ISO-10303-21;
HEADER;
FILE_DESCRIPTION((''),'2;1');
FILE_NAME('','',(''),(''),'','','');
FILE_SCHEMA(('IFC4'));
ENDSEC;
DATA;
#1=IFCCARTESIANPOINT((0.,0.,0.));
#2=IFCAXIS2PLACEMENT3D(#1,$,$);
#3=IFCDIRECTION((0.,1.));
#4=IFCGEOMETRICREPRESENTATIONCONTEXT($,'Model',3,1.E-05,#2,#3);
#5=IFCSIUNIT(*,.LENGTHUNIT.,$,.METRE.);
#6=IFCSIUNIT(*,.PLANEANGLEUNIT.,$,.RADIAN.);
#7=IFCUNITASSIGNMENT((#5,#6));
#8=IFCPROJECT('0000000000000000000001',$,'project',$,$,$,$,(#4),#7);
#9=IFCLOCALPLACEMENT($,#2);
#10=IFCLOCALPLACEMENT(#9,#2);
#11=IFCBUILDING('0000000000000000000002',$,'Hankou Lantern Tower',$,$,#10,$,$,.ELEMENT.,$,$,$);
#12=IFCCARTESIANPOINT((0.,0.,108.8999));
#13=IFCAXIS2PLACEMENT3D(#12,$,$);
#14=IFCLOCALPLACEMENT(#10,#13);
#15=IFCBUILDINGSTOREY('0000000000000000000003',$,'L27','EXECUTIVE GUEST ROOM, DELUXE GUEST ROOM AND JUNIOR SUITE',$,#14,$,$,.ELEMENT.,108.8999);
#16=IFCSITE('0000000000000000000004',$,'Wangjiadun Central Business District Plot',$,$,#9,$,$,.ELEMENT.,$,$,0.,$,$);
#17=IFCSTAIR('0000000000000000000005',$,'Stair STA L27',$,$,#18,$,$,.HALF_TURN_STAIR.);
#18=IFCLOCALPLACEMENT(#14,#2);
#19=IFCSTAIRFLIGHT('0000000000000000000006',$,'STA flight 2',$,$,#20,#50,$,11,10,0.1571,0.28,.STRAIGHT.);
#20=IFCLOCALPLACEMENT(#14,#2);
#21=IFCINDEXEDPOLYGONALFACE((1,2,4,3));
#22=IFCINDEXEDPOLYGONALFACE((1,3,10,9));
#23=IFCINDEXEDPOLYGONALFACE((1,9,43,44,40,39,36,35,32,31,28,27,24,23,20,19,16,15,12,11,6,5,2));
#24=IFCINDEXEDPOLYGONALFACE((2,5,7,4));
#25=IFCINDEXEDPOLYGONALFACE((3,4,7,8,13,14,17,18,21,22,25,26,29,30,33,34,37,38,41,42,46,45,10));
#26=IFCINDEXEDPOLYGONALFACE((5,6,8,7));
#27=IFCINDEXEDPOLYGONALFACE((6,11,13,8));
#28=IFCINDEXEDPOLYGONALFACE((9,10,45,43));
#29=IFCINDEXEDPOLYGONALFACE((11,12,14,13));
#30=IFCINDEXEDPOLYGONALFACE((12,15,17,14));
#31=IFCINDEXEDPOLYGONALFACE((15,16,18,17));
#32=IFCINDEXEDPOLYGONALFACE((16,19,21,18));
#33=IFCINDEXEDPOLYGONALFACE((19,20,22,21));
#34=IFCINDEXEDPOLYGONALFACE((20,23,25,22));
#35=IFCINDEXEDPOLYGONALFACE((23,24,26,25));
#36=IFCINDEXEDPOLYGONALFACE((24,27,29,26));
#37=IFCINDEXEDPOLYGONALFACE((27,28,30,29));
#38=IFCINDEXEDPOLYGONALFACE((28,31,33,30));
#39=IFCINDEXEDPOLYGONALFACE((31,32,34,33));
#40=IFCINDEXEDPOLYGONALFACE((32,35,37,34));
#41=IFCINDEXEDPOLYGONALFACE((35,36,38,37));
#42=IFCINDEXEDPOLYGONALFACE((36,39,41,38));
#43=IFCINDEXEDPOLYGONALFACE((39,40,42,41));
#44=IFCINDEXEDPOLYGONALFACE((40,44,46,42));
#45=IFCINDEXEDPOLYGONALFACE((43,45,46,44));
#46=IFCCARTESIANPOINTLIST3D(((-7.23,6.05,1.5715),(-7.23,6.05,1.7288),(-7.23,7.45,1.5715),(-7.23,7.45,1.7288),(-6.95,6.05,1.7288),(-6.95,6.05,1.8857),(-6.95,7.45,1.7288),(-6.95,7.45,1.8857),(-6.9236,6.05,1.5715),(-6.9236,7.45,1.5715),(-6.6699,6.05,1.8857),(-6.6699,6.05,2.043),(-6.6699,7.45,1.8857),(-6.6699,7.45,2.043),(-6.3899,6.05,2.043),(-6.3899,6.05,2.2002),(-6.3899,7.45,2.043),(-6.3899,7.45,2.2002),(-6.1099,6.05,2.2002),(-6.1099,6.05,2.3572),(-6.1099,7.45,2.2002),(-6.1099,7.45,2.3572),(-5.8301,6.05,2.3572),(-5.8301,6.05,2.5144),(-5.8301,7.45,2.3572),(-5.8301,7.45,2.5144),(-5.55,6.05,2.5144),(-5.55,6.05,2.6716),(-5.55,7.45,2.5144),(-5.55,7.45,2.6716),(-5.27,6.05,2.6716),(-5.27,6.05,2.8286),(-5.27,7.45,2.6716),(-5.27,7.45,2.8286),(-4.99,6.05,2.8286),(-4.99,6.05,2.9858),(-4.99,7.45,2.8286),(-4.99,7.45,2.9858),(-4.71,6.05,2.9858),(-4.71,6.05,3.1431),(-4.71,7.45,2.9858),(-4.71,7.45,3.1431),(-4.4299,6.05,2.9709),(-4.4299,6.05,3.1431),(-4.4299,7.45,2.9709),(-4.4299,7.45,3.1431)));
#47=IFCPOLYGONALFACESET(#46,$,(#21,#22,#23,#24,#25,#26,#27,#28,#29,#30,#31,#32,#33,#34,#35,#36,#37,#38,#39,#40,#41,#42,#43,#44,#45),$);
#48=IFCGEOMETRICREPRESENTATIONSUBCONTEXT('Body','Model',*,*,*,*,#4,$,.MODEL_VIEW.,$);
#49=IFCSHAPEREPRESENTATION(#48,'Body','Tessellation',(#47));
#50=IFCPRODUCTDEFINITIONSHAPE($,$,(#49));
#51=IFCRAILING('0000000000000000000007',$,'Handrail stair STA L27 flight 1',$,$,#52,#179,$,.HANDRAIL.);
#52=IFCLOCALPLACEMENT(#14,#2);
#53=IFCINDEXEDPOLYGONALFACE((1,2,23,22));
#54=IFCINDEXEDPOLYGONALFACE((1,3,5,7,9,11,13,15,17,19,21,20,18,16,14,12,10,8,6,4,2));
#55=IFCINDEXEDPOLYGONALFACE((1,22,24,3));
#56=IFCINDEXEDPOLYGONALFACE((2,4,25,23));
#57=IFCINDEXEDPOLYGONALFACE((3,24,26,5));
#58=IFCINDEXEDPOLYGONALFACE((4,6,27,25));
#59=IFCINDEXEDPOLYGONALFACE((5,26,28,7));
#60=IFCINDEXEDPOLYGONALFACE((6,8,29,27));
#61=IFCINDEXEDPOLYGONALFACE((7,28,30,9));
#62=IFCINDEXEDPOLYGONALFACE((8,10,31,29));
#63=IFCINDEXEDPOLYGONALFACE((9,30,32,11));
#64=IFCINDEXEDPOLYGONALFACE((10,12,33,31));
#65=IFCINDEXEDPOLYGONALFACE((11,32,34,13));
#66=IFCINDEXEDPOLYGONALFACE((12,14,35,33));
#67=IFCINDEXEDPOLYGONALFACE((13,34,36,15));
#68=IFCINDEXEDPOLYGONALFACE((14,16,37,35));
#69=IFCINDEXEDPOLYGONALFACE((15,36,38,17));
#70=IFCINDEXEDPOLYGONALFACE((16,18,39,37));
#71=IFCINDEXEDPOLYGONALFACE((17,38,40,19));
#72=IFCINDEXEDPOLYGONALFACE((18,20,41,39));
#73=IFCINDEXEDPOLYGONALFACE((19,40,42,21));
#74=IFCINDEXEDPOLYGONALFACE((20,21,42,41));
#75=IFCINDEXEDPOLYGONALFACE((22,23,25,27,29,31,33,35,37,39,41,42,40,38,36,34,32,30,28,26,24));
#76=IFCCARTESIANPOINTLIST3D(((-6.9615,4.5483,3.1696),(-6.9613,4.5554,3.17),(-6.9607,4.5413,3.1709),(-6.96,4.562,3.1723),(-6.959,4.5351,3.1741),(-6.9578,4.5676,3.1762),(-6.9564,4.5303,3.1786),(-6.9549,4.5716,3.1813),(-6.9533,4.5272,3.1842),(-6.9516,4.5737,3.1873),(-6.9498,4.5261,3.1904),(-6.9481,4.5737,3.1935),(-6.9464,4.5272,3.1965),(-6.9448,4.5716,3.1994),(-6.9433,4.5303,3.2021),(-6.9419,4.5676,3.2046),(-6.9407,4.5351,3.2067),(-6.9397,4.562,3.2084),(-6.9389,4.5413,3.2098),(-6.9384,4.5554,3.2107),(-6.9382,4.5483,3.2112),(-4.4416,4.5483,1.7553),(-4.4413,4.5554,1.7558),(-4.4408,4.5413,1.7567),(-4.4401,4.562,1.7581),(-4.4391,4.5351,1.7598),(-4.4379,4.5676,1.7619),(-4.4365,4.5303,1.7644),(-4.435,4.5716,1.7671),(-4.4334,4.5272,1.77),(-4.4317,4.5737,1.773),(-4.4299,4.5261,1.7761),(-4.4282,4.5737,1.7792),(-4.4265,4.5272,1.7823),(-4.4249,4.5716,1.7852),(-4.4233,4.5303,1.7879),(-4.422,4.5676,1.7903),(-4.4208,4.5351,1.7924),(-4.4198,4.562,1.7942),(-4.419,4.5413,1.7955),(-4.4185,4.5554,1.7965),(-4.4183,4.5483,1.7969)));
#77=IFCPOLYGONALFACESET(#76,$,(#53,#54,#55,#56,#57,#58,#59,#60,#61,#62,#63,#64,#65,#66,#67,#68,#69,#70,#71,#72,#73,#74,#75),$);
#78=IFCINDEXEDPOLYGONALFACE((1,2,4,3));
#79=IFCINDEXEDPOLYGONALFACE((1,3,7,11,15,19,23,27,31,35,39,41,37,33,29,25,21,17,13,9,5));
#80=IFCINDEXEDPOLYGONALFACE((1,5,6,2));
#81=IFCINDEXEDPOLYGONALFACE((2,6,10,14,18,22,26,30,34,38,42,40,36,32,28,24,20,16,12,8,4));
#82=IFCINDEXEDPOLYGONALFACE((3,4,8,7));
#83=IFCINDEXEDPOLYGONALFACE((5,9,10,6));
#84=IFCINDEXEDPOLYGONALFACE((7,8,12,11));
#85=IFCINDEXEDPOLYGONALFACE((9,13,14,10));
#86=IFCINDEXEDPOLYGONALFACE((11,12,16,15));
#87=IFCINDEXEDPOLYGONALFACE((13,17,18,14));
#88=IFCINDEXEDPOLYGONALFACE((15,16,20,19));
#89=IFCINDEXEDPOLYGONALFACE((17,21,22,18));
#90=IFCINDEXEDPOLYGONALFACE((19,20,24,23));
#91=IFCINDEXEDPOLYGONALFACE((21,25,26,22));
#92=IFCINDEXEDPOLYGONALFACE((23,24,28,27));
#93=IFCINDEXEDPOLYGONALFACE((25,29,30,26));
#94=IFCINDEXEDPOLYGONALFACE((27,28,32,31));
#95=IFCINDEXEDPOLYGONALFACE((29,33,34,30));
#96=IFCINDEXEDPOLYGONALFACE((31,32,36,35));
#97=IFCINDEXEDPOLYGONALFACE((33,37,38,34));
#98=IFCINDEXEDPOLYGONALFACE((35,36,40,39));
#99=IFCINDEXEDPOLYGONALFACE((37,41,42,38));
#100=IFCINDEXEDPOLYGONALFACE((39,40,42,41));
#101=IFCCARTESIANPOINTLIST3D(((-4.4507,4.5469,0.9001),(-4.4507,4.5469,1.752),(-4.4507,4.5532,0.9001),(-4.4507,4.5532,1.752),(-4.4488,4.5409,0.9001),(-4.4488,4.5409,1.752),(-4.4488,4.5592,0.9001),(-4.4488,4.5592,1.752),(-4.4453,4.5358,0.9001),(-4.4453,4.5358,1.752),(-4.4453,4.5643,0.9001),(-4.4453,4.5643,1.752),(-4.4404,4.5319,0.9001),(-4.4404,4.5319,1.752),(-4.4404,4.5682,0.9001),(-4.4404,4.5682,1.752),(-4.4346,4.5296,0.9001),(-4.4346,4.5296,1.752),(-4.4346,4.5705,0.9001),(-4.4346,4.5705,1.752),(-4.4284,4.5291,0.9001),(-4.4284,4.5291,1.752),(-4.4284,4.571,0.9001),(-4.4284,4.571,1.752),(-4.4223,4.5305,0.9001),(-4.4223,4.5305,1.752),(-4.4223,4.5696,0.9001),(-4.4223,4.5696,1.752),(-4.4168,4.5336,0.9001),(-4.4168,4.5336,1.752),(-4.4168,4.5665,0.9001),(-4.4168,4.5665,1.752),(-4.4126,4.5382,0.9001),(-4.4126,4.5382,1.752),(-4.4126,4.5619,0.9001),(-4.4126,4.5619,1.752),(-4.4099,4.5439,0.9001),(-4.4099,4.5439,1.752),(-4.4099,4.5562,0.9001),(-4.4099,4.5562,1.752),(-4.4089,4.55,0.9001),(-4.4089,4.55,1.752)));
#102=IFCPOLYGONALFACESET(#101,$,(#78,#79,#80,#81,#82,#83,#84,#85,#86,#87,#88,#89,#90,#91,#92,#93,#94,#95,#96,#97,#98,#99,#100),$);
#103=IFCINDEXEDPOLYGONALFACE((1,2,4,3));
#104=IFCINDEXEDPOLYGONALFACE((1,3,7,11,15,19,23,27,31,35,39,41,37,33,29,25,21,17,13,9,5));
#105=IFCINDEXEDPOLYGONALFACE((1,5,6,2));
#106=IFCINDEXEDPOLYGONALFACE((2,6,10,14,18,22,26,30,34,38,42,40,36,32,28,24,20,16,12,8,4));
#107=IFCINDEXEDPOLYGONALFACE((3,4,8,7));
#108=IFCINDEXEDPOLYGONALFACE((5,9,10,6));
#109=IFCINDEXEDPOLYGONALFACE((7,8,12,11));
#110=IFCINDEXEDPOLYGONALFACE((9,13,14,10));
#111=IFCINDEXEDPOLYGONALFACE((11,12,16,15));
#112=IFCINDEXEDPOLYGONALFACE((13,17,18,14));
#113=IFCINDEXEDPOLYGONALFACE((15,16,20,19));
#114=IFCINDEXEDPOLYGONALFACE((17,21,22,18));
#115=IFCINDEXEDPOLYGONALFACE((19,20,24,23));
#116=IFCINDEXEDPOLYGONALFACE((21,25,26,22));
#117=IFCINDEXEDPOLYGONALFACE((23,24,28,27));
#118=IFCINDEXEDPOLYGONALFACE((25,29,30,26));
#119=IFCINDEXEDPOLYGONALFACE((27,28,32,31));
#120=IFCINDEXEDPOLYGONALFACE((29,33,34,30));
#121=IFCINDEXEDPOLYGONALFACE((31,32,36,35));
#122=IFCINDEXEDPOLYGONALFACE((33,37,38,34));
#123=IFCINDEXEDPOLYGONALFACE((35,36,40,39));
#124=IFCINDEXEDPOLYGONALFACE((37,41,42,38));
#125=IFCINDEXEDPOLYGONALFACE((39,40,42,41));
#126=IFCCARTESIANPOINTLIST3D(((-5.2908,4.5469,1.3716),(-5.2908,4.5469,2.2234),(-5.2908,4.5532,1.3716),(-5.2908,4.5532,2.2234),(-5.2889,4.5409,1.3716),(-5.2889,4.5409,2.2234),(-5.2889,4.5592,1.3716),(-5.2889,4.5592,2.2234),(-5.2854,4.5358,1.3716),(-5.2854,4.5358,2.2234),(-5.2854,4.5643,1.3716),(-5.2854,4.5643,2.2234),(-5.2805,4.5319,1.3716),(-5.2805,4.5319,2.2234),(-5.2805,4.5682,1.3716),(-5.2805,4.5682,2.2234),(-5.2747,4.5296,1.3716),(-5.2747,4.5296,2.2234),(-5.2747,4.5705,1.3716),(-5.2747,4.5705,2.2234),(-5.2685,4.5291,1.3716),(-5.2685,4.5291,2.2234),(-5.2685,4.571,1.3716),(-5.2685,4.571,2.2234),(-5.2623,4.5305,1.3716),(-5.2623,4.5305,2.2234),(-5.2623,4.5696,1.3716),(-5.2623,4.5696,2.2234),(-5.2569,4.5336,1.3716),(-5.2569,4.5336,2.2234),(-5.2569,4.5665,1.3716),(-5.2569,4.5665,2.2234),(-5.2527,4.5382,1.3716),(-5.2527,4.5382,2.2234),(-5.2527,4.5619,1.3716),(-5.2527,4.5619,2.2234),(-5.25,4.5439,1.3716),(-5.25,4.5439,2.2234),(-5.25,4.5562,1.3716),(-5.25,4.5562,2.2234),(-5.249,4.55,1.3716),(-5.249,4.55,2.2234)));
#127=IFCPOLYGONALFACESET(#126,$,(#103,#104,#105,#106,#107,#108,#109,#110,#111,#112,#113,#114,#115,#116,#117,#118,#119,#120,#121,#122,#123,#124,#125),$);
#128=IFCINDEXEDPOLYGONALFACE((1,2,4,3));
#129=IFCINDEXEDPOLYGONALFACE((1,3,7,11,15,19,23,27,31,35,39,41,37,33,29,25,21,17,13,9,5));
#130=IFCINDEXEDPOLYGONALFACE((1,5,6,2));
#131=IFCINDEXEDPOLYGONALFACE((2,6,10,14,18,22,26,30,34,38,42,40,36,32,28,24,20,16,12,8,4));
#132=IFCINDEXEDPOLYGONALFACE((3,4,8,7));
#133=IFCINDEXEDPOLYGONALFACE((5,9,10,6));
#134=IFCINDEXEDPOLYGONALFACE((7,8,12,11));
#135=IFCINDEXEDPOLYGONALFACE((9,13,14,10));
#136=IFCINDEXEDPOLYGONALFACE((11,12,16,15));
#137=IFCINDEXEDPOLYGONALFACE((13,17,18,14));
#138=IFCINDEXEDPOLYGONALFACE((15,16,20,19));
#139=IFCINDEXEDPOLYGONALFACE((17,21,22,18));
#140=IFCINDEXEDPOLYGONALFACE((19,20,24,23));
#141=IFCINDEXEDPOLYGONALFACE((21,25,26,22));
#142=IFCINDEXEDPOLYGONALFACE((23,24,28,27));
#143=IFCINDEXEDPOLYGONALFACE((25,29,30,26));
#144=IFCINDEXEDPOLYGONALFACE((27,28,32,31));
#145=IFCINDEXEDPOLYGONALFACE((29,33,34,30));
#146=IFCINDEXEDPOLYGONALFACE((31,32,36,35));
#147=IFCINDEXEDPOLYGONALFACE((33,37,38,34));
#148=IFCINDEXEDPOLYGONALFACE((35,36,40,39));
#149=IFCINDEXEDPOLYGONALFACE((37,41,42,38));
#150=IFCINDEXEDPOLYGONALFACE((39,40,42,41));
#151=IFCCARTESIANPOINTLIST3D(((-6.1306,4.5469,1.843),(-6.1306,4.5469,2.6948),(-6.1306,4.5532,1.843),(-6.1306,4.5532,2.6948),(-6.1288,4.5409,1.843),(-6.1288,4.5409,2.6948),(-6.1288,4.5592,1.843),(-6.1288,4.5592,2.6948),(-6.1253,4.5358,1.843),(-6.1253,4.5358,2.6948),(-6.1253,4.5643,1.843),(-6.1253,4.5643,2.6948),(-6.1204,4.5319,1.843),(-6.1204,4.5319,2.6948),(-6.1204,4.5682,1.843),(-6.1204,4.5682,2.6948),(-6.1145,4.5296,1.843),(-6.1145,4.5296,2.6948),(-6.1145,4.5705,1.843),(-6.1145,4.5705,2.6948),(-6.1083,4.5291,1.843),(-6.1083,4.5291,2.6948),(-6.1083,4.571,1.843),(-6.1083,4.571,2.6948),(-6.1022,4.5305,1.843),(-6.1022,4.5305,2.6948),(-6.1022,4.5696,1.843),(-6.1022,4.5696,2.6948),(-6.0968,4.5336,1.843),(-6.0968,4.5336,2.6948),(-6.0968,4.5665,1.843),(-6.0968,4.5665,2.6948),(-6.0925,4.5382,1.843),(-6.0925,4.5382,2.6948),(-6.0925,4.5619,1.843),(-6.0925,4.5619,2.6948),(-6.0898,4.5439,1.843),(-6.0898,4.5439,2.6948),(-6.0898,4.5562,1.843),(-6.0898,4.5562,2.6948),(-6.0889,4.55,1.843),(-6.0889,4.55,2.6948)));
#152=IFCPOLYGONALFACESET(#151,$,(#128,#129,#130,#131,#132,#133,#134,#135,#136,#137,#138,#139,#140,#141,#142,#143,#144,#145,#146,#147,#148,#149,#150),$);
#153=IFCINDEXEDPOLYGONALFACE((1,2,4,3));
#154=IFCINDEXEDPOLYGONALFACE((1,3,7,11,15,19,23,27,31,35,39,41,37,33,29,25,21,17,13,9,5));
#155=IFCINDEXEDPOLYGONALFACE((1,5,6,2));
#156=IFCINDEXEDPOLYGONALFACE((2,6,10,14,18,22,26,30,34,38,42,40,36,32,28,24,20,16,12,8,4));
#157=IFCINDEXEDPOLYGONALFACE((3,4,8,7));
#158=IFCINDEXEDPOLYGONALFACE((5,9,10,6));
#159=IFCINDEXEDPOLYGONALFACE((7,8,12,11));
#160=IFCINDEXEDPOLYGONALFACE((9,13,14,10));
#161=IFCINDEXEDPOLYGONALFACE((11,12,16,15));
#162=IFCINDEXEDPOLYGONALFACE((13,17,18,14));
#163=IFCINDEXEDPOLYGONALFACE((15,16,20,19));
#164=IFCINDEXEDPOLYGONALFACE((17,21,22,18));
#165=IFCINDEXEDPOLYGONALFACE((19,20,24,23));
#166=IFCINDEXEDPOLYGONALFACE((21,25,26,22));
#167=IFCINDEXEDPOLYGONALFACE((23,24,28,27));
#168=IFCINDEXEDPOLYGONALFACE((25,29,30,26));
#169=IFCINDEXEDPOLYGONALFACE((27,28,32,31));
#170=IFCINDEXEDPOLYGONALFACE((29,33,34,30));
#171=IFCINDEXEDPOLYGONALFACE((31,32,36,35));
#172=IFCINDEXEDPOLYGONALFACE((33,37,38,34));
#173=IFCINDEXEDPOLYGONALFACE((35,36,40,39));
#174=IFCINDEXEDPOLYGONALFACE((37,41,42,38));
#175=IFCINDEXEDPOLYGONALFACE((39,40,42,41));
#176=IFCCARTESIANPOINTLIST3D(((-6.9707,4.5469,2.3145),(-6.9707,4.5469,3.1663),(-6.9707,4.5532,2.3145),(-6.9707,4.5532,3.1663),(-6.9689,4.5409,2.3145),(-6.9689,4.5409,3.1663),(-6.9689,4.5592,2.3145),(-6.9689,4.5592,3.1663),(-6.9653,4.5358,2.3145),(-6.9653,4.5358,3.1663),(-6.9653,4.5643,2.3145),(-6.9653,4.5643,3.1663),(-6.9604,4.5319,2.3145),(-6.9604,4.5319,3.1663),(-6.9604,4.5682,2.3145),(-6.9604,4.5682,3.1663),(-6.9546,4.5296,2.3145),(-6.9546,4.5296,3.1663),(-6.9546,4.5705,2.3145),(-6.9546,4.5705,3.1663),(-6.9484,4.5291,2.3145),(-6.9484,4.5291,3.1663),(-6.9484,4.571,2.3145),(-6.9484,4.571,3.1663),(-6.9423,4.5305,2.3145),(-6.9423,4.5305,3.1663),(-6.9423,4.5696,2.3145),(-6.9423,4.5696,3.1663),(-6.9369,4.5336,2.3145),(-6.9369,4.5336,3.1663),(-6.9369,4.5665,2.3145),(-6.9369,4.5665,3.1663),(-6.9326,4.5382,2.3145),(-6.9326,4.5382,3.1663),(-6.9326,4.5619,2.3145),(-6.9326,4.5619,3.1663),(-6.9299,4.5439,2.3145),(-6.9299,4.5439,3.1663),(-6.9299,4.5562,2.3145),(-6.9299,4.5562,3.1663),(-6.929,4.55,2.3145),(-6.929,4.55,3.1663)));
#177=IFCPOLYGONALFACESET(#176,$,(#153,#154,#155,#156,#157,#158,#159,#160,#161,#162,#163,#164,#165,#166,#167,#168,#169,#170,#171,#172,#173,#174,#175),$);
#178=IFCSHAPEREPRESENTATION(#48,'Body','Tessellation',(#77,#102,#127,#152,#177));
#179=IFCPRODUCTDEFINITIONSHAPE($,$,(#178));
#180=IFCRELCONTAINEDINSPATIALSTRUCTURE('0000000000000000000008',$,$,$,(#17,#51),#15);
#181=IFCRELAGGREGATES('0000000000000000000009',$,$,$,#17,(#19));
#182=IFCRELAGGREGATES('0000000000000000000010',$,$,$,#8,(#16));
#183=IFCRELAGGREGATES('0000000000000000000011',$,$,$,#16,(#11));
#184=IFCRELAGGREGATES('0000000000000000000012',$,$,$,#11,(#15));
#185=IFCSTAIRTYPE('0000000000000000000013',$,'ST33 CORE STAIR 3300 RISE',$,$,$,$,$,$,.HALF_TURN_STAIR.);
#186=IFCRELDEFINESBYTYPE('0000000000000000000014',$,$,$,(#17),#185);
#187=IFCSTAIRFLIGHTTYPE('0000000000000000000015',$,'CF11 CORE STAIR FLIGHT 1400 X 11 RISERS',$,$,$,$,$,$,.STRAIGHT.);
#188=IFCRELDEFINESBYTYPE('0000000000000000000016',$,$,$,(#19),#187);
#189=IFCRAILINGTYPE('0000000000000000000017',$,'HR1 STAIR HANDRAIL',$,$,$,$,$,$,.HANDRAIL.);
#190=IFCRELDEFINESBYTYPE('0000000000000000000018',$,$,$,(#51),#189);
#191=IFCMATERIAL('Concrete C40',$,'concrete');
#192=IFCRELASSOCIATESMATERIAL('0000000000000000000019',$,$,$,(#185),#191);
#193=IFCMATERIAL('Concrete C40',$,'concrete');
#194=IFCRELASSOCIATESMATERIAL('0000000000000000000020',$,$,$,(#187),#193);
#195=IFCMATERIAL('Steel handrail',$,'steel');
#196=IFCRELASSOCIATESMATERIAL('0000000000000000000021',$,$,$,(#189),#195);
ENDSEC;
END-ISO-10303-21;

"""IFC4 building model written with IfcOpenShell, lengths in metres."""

from ifc_helpers import new_model, si_unit, direction, frame, origin, origin_2d, place, context, subcontext, project, spatial, polyline, circle, outline, extrude, material, type_object, element, aggregate, save


model = new_model("IFC4")

# Units and contexts
model_context = context("Model", 3, precision=1e-05, world=origin(), true_north=direction((0.0, 1.0)))
body_context = subcontext(model_context, "Body", "Model", "MODEL_VIEW")
ifc_project = project(units=[si_unit("LENGTHUNIT", "METRE"), si_unit("PLANEANGLEUNIT", "RADIAN")], contexts=[model_context])

# Site, building, storey
site_placement = place(None, origin())
site = spatial("IfcSite", under=ifc_project, at=site_placement, Name="Wangjiadun Central Business District Plot", CompositionType="ELEMENT", RefElevation=0.0)
building_placement = place(site_placement, origin())
building = spatial("IfcBuilding", under=site, at=building_placement, Name="Hankou Lantern Tower", CompositionType="ELEMENT")
storey_placement = place(building_placement, frame((0.0, 0.0, 108.8999)))
storey = spatial("IfcBuildingStorey", under=building, at=storey_placement, Name="L27", Description="EXECUTIVE GUEST ROOM, DELUXE GUEST ROOM AND JUNIOR SUITE", CompositionType="ELEMENT", Elevation=108.8999)

# Stair, stair flight
ifc_material_1 = material(Name="Concrete C40", Category="concrete")
stair_type = type_object("IfcStairType", Name="ST33 CORE STAIR 3300 RISE", PredefinedType="HALF_TURN_STAIR", material=ifc_material_1)
stair_placement = place(storey_placement, origin())
stair = element("IfcStair", 1, at=stair_placement, inside=storey, type_object=stair_type, Name="Stair STA L27", PredefinedType="HALF_TURN_STAIR")
ifc_material_2 = material(Name="Concrete C40", Category="concrete")
stair_flight_type_1 = type_object("IfcStairFlightType", Name="CF11 CORE STAIR FLIGHT 1400 X 11 RISERS", PredefinedType="STRAIGHT", material=ifc_material_2)
stair_flight_1_placement = place(storey_placement, frame((-7.23, 6.75, 1.5715), z_axis=(0.0, 0.0, 1.0), x_axis=(1.0, 0.0, 0.0)))
stair_flight_1 = element("IfcStairFlight", 2, at=stair_flight_1_placement, type_object=stair_flight_type_1, Name="STA flight 2", NumberOfRisers=11, NumberOfTreads=10, PredefinedType="STRAIGHT", RiserHeight=0.1571, TreadLength=0.28, context=body_context, shape_type="SweptSolid", body=[
    extrude(outline(polyline([(0.0, 0.0), (0.0, 0.1572), (0.28, 0.1572), (0.28, 0.3142), (0.5601, 0.3142), (0.5601, 0.4714), (0.8401, 0.4714), (0.8401, 0.6287), (1.1201, 0.6287), (1.1201, 0.7856), (1.3999, 0.7856), (1.3999, 0.9429), (1.6799, 0.9429), (1.6799, 1.1001), (1.96, 1.1001), (1.96, 1.2571), (2.24, 1.2571), (2.24, 1.4143), (2.52, 1.4143), (2.52, 1.5715), (2.8, 1.5715), (2.8, 1.7285), (2.8, 1.3994), (0.3064, 0.0), (0.0, 0.0)])), frame((0.0, 0.7, 0.0), z_axis=(0.0, -1.0, 0.0), x_axis=(1.0, 0.0, 0.0)), (0.0, 0.0, 1.0), 1.3999),
])
aggregate(stair, [stair_flight_1])

# Railing
ifc_material_3 = material(Name="Steel handrail", Category="steel")
railing_type = type_object("IfcRailingType", Name="HR1 STAIR HANDRAIL", PredefinedType="HANDRAIL", material=ifc_material_3)
railing_1_placement = place(storey_placement, frame((-4.4299, 4.55, 0.9001)))
element("IfcRailing", 3, at=railing_1_placement, inside=storey, type_object=railing_type, Name="Handrail stair STA L27 flight 1", PredefinedType="HANDRAIL", context=body_context, shape_type="SweptSolid", body=[
    extrude(circle(Radius=0.0239, at=origin_2d()), frame((0.0, 0.0, 0.876), z_axis=(-0.872049, 0.0, 0.489419), x_axis=(0.0, -1.0, 0.0)), (0.0, 0.0, 1.0), 2.8896),
    extrude(circle(Radius=0.021, at=origin_2d()), origin(), (0.0, 0.0, 1.0), 0.8518),
    extrude(circle(Radius=0.021, at=origin_2d()), frame((-0.8401, 0.0, 0.4714)), (0.0, 0.0, 1.0), 0.8518),
    extrude(circle(Radius=0.021, at=origin_2d()), frame((-1.6799, 0.0, 0.9429)), (0.0, 0.0, 1.0), 0.8518),
    extrude(circle(Radius=0.021, at=origin_2d()), frame((-2.52, 0.0, 1.4143)), (0.0, 0.0, 1.0), 0.8518),
])

save(model, "model.ifc")
